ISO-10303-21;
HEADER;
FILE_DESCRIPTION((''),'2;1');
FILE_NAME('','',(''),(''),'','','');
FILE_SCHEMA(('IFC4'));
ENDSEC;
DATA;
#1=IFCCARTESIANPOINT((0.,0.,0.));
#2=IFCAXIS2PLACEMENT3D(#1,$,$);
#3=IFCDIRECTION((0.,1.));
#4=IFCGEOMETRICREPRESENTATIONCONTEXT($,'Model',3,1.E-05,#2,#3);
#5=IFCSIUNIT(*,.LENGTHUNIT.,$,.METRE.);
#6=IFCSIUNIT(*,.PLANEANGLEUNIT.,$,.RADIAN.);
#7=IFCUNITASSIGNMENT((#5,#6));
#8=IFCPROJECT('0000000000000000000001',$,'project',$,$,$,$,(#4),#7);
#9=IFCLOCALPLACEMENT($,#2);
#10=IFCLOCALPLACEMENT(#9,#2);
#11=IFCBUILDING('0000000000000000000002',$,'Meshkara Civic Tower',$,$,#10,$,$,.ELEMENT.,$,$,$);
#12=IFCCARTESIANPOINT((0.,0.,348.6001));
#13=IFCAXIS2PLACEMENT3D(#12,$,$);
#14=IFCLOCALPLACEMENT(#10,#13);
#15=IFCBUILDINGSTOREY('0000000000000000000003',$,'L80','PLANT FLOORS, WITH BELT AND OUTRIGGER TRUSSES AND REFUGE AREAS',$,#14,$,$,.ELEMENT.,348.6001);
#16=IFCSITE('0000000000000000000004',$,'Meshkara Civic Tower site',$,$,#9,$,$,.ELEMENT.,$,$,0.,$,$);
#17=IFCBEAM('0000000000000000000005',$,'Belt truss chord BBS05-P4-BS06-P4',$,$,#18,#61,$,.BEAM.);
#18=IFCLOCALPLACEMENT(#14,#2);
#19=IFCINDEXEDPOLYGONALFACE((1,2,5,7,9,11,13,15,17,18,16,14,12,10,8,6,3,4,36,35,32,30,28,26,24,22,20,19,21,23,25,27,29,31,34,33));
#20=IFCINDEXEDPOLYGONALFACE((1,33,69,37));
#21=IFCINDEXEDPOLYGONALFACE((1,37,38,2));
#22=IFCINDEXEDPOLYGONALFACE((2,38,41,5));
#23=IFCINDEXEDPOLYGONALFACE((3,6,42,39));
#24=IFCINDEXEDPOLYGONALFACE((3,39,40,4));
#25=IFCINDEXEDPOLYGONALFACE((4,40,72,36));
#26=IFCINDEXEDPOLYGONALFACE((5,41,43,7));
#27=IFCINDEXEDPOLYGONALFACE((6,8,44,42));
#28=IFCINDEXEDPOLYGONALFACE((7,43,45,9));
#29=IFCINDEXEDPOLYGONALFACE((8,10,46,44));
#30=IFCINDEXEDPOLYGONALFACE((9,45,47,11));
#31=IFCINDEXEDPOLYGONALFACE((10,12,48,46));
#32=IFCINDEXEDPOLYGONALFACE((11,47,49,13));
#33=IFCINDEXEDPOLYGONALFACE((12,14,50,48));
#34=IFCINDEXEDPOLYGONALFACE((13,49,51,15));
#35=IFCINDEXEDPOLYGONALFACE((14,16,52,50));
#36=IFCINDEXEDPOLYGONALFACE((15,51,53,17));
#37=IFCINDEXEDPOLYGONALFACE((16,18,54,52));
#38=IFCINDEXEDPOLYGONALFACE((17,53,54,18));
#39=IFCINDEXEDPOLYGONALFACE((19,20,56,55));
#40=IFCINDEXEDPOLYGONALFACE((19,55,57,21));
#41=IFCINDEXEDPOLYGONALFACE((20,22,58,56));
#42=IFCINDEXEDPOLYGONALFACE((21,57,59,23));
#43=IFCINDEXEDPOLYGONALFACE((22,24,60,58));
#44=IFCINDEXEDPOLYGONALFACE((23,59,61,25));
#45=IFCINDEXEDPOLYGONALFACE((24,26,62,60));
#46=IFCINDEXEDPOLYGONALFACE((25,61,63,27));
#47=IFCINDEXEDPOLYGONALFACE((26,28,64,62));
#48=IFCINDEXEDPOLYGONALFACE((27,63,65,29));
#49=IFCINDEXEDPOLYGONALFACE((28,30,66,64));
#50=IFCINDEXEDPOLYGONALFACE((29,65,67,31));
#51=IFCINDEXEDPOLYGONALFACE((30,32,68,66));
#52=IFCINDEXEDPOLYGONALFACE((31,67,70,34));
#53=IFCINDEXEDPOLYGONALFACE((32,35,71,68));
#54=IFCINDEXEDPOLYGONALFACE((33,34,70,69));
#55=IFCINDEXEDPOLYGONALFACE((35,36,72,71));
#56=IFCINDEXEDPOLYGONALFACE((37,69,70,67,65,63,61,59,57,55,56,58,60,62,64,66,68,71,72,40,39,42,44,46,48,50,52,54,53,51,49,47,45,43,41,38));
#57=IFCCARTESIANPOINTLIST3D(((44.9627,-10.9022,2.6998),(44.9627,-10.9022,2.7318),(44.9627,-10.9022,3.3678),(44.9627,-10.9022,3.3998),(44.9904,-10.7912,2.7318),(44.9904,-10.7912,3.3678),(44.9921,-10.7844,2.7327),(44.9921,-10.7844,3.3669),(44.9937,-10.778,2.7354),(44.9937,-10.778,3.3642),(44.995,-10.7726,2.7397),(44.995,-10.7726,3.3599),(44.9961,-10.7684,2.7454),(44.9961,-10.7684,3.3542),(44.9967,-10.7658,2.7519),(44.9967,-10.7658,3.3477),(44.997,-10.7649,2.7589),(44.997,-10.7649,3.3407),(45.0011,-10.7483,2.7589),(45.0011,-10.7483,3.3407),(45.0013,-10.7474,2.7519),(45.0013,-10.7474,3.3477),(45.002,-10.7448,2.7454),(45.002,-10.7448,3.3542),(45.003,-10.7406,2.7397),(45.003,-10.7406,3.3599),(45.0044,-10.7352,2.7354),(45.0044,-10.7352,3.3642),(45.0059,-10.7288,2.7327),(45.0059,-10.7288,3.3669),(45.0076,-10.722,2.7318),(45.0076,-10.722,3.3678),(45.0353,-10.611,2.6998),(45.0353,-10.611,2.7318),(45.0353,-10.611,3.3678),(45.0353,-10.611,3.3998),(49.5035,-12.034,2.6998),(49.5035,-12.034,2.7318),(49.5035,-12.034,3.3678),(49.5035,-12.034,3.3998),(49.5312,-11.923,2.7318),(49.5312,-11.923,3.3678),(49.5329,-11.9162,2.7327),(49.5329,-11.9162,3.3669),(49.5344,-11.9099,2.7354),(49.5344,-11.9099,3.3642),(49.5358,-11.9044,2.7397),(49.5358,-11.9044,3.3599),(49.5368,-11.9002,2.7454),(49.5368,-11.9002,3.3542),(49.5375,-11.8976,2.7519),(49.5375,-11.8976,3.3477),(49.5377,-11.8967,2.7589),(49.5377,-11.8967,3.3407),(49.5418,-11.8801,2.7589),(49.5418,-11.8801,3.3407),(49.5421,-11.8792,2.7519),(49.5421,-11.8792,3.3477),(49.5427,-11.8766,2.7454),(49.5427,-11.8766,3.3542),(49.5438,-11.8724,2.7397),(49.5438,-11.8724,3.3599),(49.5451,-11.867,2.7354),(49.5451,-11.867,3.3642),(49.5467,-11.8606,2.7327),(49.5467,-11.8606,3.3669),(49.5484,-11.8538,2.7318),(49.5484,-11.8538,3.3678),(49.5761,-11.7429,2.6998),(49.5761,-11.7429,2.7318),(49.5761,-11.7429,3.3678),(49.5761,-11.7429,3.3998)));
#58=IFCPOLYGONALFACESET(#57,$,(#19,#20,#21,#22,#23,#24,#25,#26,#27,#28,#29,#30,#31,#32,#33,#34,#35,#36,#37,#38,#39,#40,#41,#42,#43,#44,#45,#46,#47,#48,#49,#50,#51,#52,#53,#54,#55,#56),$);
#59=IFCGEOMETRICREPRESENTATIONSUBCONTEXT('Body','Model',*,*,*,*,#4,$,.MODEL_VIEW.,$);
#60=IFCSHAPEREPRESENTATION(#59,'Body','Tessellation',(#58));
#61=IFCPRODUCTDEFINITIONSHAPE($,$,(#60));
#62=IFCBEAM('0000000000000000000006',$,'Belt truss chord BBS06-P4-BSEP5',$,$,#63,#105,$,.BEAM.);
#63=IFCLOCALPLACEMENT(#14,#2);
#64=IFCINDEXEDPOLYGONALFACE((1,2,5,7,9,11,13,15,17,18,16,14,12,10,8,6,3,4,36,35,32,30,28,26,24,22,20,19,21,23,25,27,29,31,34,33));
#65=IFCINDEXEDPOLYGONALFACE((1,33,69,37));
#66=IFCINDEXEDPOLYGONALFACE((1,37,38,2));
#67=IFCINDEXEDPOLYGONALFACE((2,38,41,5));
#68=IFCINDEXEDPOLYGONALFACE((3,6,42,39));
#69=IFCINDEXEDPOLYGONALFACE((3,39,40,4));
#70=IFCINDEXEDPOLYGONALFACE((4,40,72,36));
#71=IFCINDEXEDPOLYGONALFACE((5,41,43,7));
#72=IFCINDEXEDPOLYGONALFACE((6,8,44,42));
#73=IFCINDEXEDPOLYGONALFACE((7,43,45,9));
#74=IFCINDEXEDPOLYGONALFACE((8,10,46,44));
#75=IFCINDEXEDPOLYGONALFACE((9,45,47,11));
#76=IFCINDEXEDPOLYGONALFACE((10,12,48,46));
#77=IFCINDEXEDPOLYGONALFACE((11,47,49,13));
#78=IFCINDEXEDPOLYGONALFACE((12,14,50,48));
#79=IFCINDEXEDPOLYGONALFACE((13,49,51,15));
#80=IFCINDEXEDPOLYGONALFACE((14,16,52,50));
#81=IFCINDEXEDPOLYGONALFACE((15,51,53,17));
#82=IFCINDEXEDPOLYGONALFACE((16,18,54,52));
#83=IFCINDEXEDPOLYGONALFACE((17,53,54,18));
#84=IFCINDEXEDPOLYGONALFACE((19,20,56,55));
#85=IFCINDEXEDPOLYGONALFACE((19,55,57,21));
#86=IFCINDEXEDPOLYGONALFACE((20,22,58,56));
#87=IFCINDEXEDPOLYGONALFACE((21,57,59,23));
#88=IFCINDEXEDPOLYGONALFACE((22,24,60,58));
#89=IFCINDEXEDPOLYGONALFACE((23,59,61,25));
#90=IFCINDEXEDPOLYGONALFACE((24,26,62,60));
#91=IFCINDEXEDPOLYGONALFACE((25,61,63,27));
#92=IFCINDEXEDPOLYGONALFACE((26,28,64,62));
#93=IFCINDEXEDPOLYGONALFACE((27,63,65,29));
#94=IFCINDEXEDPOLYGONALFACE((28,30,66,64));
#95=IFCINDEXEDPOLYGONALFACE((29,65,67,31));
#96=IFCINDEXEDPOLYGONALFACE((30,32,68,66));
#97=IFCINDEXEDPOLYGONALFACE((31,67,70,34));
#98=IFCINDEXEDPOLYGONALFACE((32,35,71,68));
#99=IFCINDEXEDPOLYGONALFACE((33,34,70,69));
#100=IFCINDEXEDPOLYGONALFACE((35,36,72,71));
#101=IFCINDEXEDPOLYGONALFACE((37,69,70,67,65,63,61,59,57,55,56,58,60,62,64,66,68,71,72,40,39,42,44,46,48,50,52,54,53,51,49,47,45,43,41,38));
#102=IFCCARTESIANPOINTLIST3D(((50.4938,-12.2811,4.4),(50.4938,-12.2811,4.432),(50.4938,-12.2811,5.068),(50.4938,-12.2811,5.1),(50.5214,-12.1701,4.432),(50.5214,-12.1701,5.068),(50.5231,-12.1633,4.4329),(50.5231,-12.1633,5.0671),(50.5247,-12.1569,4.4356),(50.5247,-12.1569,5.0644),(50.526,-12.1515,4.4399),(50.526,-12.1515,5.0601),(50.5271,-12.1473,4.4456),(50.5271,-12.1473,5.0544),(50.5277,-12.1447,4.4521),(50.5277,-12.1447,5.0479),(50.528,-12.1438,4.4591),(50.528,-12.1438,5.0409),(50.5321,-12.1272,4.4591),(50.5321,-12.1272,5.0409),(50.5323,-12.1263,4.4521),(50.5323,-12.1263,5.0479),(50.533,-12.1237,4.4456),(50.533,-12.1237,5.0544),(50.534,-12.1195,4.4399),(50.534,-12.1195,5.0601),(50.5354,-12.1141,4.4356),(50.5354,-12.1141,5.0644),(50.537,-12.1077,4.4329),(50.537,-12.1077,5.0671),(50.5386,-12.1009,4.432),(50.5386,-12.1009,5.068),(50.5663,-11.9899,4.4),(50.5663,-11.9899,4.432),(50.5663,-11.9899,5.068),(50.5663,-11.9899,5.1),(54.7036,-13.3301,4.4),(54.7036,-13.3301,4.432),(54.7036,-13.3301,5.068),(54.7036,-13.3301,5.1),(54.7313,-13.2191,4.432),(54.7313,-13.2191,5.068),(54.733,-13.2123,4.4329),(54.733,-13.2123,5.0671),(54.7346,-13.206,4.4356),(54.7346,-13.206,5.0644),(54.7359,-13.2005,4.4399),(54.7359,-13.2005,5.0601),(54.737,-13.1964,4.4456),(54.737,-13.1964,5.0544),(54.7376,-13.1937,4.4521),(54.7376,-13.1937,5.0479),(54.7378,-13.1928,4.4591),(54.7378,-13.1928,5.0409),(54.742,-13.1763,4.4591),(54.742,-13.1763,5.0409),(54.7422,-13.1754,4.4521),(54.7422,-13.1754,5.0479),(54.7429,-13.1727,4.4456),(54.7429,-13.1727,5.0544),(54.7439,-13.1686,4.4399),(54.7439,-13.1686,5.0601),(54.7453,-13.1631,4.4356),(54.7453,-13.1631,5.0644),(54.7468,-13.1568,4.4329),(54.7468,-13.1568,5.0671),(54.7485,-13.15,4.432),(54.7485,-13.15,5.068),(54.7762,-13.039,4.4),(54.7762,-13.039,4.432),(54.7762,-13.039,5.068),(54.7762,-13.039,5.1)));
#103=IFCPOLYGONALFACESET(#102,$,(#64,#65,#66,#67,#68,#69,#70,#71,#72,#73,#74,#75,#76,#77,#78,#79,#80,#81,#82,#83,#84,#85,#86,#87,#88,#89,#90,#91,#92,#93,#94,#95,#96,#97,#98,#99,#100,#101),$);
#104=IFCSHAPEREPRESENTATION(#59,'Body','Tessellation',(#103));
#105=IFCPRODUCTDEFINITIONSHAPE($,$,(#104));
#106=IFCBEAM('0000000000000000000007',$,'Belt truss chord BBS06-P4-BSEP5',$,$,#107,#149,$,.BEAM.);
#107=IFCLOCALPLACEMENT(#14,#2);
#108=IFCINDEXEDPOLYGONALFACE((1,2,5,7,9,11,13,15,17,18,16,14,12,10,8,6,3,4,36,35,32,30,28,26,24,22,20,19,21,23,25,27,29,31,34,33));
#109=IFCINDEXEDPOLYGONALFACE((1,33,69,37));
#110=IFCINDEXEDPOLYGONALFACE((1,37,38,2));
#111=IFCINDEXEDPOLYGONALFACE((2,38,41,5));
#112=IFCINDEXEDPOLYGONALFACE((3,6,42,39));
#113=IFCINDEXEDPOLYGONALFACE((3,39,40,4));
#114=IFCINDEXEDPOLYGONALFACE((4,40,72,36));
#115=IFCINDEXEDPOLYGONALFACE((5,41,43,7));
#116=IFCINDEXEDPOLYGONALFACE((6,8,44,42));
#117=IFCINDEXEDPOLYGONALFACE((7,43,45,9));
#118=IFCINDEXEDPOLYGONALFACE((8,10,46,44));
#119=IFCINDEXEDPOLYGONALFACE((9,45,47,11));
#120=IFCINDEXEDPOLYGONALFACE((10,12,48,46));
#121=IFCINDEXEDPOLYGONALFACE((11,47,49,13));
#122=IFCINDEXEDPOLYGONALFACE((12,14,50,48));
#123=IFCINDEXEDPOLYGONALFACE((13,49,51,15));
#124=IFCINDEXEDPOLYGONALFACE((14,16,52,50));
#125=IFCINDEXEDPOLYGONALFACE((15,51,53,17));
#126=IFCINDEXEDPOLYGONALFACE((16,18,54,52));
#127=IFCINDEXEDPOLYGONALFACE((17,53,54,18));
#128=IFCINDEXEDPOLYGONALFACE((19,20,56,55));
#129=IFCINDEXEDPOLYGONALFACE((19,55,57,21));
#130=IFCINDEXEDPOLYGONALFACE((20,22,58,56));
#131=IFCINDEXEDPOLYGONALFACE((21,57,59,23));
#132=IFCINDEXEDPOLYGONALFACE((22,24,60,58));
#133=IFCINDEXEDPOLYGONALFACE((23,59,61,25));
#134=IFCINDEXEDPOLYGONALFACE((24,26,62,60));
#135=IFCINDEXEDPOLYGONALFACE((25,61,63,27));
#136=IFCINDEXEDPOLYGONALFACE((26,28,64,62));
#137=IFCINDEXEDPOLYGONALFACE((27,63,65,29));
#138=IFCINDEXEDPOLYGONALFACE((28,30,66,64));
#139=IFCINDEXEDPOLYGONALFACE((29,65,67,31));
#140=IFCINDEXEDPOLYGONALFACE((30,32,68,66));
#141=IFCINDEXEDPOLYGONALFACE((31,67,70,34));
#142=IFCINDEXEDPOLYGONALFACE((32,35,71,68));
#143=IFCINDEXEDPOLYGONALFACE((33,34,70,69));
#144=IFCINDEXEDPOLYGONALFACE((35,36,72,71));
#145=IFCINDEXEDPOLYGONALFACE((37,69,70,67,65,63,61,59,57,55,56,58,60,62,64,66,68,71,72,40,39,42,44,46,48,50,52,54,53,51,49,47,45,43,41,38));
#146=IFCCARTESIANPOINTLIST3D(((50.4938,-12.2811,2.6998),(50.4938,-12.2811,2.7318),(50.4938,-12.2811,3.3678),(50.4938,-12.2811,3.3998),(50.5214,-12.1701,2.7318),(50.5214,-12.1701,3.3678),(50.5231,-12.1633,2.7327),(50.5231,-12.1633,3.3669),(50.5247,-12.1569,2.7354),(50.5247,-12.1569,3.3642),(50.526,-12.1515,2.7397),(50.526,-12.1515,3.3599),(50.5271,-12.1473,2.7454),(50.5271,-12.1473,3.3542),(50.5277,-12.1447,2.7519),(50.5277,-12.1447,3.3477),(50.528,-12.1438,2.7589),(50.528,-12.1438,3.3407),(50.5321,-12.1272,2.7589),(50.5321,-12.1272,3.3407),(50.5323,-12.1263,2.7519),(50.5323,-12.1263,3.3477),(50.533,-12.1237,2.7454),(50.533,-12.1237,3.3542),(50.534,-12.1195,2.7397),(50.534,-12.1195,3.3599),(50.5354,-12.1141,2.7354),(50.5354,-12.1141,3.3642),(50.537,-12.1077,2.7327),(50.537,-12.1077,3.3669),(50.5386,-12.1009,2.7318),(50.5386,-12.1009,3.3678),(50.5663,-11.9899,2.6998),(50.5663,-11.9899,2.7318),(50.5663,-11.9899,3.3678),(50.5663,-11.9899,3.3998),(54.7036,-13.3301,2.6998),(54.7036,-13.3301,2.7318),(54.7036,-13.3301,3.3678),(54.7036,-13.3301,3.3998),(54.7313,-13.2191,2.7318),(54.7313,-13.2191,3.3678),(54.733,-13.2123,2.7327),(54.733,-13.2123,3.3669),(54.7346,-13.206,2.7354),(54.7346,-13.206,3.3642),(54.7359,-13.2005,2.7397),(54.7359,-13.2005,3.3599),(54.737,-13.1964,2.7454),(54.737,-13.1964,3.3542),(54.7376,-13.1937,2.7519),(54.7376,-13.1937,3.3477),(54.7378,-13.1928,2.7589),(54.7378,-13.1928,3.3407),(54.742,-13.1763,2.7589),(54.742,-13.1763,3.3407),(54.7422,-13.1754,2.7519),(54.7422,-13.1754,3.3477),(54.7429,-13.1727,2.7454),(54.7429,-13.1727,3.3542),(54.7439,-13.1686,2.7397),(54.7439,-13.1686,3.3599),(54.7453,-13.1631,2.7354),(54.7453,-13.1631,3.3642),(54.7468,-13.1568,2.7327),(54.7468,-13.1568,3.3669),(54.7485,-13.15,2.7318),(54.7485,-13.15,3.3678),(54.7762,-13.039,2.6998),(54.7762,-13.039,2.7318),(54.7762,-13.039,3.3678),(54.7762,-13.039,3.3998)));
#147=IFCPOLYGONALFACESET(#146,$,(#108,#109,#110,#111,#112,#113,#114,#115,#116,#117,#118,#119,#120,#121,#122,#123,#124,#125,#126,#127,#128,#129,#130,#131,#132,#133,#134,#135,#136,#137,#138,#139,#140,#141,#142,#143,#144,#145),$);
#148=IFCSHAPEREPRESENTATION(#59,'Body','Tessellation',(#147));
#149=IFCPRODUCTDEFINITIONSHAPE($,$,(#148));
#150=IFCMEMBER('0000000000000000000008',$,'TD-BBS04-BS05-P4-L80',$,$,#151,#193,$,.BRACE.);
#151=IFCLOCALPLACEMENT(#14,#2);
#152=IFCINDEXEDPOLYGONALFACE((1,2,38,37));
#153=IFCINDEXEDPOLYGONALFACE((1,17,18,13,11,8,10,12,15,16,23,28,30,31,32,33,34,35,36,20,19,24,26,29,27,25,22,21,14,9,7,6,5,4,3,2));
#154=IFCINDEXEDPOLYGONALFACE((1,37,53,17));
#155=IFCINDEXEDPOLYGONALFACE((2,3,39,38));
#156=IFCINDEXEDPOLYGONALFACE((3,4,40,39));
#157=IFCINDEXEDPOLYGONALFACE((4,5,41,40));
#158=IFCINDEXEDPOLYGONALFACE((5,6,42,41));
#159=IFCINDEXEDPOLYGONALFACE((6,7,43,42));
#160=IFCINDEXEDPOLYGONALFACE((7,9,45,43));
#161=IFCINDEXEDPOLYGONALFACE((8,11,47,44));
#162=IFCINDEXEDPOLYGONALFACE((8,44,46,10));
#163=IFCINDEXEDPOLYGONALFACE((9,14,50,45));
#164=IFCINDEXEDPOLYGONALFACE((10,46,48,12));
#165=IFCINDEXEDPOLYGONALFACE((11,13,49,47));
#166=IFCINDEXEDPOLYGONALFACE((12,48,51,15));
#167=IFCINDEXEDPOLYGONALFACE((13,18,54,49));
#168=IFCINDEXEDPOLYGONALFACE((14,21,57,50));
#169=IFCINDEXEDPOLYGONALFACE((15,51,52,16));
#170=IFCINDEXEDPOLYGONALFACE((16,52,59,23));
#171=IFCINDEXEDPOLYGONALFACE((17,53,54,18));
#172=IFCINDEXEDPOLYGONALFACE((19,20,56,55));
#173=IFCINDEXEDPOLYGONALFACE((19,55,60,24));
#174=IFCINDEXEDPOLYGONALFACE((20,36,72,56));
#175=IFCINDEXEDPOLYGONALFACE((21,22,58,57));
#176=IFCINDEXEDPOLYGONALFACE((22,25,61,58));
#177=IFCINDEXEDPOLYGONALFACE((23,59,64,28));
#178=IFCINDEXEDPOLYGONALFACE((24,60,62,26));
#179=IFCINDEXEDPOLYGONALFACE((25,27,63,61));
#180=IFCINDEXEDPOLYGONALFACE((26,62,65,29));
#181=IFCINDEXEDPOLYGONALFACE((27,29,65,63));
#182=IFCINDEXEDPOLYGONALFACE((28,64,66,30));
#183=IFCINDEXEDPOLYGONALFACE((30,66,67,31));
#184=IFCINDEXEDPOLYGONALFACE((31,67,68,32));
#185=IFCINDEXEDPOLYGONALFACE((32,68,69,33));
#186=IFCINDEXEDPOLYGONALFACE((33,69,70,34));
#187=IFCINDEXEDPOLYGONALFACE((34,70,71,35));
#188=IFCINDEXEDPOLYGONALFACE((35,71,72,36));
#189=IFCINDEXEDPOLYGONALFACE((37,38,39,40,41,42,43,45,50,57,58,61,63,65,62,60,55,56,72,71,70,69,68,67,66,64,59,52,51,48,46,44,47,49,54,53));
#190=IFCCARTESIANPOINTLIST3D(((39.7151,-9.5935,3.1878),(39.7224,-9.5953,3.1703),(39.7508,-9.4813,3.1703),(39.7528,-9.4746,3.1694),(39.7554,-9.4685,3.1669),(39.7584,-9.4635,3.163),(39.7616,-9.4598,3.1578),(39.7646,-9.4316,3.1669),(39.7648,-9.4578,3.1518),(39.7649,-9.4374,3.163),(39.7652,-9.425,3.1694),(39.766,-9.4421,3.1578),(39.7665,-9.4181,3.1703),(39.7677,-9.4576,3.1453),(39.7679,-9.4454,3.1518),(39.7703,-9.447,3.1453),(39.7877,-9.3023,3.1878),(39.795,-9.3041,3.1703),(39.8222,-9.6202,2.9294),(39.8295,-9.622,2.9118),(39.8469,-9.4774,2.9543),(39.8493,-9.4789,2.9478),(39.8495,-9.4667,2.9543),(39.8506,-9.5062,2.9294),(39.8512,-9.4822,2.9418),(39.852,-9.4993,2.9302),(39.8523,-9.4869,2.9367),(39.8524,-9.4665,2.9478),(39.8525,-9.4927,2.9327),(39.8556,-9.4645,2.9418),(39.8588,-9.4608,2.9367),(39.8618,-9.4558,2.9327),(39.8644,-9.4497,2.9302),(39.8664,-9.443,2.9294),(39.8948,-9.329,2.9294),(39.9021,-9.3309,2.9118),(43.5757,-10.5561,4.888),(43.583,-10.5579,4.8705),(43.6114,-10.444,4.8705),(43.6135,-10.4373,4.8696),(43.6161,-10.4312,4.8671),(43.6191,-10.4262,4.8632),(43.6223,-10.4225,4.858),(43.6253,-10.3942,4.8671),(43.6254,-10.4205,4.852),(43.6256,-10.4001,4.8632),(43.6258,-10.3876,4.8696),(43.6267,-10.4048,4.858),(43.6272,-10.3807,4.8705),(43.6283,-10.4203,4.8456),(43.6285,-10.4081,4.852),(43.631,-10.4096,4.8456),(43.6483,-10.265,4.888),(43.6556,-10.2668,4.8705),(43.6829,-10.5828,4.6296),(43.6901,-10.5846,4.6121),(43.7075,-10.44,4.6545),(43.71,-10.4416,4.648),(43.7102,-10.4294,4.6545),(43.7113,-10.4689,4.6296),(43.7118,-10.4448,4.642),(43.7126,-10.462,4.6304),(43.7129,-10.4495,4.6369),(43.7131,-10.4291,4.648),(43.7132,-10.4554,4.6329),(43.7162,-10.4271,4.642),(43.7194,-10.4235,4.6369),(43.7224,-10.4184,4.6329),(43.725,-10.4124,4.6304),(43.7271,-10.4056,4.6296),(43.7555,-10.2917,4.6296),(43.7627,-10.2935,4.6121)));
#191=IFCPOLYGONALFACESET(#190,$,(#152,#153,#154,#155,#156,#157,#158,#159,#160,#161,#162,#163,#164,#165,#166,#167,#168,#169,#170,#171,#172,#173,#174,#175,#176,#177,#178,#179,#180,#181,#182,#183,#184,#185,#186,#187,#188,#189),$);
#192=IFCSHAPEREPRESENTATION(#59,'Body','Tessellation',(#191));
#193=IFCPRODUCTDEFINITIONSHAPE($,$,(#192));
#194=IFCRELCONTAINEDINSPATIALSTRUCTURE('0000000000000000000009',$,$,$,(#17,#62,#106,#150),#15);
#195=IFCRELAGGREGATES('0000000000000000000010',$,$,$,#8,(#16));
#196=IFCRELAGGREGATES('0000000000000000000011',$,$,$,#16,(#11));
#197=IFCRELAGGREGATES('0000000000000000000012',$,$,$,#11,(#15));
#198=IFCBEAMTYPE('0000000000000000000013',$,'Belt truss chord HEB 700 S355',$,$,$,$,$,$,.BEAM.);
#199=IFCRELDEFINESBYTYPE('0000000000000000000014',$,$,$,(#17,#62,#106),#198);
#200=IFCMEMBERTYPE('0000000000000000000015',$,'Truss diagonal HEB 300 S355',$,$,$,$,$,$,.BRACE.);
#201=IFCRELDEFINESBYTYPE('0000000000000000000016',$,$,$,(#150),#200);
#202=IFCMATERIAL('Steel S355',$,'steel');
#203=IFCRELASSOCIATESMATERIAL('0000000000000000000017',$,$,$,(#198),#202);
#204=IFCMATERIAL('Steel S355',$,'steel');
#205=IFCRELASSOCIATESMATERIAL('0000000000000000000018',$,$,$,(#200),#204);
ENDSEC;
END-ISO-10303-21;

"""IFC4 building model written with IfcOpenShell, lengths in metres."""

from ifc_helpers import new_model, si_unit, direction, frame, origin, origin_2d, place, context, subcontext, project, spatial, i_section, extrude, material, material_profile, profile_set, type_object, element, save


model = new_model("IFC4")

# Units and contexts
model_context = context("Model", 3, precision=1e-05, world=origin(), true_north=direction((0.0, 1.0)))
body_context = subcontext(model_context, "Body", "Model", "MODEL_VIEW")
ifc_project = project(units=[si_unit("LENGTHUNIT", "METRE"), si_unit("PLANEANGLEUNIT", "RADIAN")], contexts=[model_context])

# Site, building, storey
site_placement = place(None, origin())
site = spatial("IfcSite", under=ifc_project, at=site_placement, Name="Meshkara Civic Tower site", CompositionType="ELEMENT", RefElevation=0.0)
building_placement = place(site_placement, origin())
building = spatial("IfcBuilding", under=site, at=building_placement, Name="Meshkara Civic Tower", CompositionType="ELEMENT")
storey_placement = place(building_placement, frame((0.0, 0.0, 348.6001)))
storey = spatial("IfcBuildingStorey", under=building, at=storey_placement, Name="L80", Description="PLANT FLOORS, WITH BELT AND OUTRIGGER TRUSSES AND REFUGE AREAS", CompositionType="ELEMENT", Elevation=348.6001)

# Beams
ifc_material_1 = material(Name="Steel S355", Category="steel")
ifc_material_profile_1 = material_profile(ifc_material_1, i_section(OverallWidth=0.3, OverallDepth=0.7, WebThickness=0.0171, FlangeThickness=0.032, FilletRadius=0.0271, at=origin_2d()))
ifc_profile_set_1 = profile_set([ifc_material_profile_1], Name="Steel S355")
beam_type = type_object("IfcBeamType", Name="Belt truss chord HEB 700 S355", PredefinedType="BEAM", material=ifc_profile_set_1)
for number, where, z_axis, x_axis, name in (
    (1, (44.999, -10.7566, 3.0498), (0.970311, -0.24186, 0.0), (0.24186, 0.970311, 0.0), "Belt truss chord BBS05-P4-BS06-P4"),
):
    element("IfcBeam", number, at=place(storey_placement, frame(where, z_axis=z_axis, x_axis=x_axis)), inside=storey, type_object=beam_type, Name=name, PredefinedType="BEAM", context=body_context, shape_type="SweptSolid", body=[
        extrude(i_section(OverallWidth=0.3, OverallDepth=0.7, WebThickness=0.0171, FlangeThickness=0.032, FilletRadius=0.0271, at=origin_2d()), origin(), (0.0, 0.0, 1.0), 4.6797),
    ])
for number, where, z_axis, x_axis, name in (
    (2, (50.53, -12.1355, 4.75), (0.970328, -0.241794, 0.0), (0.241794, 0.970328, 0.0), "Belt truss chord BBS06-P4-BSEP5"),
    (3, (50.53, -12.1355, 3.0498), (0.970328, -0.241794, 0.0), (0.241794, 0.970328, 0.0), "Belt truss chord BBS06-P4-BSEP5"),
):
    element("IfcBeam", number, at=place(storey_placement, frame(where, z_axis=z_axis, x_axis=x_axis)), inside=storey, type_object=beam_type, Name=name, PredefinedType="BEAM", context=body_context, shape_type="SweptSolid", body=[
        extrude(i_section(OverallWidth=0.3, OverallDepth=0.7, WebThickness=0.0171, FlangeThickness=0.032, FilletRadius=0.0271, at=origin_2d()), origin(), (0.0, 0.0, 1.0), 4.3386),
    ])

# Member
ifc_material_2 = material(Name="Steel S355", Category="steel")
ifc_material_profile_2 = material_profile(ifc_material_2, i_section(OverallWidth=0.3, OverallDepth=0.3, WebThickness=0.011, FlangeThickness=0.019, FilletRadius=0.0271, at=origin_2d()))
ifc_profile_set_2 = profile_set([ifc_material_profile_2], Name="Steel S355")
member_type = type_object("IfcMemberType", Name="Truss diagonal HEB 300 S355", PredefinedType="BRACE", material=ifc_profile_set_2)
member_1_placement = place(storey_placement, frame((39.8086, -9.4622, 3.0498), z_axis=(0.892244, -0.222483, 0.392941), x_axis=(0.241944, 0.97029, 0.0)))
element("IfcMember", 4, at=member_1_placement, inside=storey, type_object=member_type, Name="TD-BBS04-BS05-P4-L80", PredefinedType="BRACE", context=body_context, shape_type="SweptSolid", body=[
    extrude(i_section(OverallWidth=0.3, OverallDepth=0.3, WebThickness=0.011, FlangeThickness=0.019, FilletRadius=0.0271, at=origin_2d()), origin(), (0.0, 0.0, 1.0), 4.3269),
])

save(model, "model.ifc")
